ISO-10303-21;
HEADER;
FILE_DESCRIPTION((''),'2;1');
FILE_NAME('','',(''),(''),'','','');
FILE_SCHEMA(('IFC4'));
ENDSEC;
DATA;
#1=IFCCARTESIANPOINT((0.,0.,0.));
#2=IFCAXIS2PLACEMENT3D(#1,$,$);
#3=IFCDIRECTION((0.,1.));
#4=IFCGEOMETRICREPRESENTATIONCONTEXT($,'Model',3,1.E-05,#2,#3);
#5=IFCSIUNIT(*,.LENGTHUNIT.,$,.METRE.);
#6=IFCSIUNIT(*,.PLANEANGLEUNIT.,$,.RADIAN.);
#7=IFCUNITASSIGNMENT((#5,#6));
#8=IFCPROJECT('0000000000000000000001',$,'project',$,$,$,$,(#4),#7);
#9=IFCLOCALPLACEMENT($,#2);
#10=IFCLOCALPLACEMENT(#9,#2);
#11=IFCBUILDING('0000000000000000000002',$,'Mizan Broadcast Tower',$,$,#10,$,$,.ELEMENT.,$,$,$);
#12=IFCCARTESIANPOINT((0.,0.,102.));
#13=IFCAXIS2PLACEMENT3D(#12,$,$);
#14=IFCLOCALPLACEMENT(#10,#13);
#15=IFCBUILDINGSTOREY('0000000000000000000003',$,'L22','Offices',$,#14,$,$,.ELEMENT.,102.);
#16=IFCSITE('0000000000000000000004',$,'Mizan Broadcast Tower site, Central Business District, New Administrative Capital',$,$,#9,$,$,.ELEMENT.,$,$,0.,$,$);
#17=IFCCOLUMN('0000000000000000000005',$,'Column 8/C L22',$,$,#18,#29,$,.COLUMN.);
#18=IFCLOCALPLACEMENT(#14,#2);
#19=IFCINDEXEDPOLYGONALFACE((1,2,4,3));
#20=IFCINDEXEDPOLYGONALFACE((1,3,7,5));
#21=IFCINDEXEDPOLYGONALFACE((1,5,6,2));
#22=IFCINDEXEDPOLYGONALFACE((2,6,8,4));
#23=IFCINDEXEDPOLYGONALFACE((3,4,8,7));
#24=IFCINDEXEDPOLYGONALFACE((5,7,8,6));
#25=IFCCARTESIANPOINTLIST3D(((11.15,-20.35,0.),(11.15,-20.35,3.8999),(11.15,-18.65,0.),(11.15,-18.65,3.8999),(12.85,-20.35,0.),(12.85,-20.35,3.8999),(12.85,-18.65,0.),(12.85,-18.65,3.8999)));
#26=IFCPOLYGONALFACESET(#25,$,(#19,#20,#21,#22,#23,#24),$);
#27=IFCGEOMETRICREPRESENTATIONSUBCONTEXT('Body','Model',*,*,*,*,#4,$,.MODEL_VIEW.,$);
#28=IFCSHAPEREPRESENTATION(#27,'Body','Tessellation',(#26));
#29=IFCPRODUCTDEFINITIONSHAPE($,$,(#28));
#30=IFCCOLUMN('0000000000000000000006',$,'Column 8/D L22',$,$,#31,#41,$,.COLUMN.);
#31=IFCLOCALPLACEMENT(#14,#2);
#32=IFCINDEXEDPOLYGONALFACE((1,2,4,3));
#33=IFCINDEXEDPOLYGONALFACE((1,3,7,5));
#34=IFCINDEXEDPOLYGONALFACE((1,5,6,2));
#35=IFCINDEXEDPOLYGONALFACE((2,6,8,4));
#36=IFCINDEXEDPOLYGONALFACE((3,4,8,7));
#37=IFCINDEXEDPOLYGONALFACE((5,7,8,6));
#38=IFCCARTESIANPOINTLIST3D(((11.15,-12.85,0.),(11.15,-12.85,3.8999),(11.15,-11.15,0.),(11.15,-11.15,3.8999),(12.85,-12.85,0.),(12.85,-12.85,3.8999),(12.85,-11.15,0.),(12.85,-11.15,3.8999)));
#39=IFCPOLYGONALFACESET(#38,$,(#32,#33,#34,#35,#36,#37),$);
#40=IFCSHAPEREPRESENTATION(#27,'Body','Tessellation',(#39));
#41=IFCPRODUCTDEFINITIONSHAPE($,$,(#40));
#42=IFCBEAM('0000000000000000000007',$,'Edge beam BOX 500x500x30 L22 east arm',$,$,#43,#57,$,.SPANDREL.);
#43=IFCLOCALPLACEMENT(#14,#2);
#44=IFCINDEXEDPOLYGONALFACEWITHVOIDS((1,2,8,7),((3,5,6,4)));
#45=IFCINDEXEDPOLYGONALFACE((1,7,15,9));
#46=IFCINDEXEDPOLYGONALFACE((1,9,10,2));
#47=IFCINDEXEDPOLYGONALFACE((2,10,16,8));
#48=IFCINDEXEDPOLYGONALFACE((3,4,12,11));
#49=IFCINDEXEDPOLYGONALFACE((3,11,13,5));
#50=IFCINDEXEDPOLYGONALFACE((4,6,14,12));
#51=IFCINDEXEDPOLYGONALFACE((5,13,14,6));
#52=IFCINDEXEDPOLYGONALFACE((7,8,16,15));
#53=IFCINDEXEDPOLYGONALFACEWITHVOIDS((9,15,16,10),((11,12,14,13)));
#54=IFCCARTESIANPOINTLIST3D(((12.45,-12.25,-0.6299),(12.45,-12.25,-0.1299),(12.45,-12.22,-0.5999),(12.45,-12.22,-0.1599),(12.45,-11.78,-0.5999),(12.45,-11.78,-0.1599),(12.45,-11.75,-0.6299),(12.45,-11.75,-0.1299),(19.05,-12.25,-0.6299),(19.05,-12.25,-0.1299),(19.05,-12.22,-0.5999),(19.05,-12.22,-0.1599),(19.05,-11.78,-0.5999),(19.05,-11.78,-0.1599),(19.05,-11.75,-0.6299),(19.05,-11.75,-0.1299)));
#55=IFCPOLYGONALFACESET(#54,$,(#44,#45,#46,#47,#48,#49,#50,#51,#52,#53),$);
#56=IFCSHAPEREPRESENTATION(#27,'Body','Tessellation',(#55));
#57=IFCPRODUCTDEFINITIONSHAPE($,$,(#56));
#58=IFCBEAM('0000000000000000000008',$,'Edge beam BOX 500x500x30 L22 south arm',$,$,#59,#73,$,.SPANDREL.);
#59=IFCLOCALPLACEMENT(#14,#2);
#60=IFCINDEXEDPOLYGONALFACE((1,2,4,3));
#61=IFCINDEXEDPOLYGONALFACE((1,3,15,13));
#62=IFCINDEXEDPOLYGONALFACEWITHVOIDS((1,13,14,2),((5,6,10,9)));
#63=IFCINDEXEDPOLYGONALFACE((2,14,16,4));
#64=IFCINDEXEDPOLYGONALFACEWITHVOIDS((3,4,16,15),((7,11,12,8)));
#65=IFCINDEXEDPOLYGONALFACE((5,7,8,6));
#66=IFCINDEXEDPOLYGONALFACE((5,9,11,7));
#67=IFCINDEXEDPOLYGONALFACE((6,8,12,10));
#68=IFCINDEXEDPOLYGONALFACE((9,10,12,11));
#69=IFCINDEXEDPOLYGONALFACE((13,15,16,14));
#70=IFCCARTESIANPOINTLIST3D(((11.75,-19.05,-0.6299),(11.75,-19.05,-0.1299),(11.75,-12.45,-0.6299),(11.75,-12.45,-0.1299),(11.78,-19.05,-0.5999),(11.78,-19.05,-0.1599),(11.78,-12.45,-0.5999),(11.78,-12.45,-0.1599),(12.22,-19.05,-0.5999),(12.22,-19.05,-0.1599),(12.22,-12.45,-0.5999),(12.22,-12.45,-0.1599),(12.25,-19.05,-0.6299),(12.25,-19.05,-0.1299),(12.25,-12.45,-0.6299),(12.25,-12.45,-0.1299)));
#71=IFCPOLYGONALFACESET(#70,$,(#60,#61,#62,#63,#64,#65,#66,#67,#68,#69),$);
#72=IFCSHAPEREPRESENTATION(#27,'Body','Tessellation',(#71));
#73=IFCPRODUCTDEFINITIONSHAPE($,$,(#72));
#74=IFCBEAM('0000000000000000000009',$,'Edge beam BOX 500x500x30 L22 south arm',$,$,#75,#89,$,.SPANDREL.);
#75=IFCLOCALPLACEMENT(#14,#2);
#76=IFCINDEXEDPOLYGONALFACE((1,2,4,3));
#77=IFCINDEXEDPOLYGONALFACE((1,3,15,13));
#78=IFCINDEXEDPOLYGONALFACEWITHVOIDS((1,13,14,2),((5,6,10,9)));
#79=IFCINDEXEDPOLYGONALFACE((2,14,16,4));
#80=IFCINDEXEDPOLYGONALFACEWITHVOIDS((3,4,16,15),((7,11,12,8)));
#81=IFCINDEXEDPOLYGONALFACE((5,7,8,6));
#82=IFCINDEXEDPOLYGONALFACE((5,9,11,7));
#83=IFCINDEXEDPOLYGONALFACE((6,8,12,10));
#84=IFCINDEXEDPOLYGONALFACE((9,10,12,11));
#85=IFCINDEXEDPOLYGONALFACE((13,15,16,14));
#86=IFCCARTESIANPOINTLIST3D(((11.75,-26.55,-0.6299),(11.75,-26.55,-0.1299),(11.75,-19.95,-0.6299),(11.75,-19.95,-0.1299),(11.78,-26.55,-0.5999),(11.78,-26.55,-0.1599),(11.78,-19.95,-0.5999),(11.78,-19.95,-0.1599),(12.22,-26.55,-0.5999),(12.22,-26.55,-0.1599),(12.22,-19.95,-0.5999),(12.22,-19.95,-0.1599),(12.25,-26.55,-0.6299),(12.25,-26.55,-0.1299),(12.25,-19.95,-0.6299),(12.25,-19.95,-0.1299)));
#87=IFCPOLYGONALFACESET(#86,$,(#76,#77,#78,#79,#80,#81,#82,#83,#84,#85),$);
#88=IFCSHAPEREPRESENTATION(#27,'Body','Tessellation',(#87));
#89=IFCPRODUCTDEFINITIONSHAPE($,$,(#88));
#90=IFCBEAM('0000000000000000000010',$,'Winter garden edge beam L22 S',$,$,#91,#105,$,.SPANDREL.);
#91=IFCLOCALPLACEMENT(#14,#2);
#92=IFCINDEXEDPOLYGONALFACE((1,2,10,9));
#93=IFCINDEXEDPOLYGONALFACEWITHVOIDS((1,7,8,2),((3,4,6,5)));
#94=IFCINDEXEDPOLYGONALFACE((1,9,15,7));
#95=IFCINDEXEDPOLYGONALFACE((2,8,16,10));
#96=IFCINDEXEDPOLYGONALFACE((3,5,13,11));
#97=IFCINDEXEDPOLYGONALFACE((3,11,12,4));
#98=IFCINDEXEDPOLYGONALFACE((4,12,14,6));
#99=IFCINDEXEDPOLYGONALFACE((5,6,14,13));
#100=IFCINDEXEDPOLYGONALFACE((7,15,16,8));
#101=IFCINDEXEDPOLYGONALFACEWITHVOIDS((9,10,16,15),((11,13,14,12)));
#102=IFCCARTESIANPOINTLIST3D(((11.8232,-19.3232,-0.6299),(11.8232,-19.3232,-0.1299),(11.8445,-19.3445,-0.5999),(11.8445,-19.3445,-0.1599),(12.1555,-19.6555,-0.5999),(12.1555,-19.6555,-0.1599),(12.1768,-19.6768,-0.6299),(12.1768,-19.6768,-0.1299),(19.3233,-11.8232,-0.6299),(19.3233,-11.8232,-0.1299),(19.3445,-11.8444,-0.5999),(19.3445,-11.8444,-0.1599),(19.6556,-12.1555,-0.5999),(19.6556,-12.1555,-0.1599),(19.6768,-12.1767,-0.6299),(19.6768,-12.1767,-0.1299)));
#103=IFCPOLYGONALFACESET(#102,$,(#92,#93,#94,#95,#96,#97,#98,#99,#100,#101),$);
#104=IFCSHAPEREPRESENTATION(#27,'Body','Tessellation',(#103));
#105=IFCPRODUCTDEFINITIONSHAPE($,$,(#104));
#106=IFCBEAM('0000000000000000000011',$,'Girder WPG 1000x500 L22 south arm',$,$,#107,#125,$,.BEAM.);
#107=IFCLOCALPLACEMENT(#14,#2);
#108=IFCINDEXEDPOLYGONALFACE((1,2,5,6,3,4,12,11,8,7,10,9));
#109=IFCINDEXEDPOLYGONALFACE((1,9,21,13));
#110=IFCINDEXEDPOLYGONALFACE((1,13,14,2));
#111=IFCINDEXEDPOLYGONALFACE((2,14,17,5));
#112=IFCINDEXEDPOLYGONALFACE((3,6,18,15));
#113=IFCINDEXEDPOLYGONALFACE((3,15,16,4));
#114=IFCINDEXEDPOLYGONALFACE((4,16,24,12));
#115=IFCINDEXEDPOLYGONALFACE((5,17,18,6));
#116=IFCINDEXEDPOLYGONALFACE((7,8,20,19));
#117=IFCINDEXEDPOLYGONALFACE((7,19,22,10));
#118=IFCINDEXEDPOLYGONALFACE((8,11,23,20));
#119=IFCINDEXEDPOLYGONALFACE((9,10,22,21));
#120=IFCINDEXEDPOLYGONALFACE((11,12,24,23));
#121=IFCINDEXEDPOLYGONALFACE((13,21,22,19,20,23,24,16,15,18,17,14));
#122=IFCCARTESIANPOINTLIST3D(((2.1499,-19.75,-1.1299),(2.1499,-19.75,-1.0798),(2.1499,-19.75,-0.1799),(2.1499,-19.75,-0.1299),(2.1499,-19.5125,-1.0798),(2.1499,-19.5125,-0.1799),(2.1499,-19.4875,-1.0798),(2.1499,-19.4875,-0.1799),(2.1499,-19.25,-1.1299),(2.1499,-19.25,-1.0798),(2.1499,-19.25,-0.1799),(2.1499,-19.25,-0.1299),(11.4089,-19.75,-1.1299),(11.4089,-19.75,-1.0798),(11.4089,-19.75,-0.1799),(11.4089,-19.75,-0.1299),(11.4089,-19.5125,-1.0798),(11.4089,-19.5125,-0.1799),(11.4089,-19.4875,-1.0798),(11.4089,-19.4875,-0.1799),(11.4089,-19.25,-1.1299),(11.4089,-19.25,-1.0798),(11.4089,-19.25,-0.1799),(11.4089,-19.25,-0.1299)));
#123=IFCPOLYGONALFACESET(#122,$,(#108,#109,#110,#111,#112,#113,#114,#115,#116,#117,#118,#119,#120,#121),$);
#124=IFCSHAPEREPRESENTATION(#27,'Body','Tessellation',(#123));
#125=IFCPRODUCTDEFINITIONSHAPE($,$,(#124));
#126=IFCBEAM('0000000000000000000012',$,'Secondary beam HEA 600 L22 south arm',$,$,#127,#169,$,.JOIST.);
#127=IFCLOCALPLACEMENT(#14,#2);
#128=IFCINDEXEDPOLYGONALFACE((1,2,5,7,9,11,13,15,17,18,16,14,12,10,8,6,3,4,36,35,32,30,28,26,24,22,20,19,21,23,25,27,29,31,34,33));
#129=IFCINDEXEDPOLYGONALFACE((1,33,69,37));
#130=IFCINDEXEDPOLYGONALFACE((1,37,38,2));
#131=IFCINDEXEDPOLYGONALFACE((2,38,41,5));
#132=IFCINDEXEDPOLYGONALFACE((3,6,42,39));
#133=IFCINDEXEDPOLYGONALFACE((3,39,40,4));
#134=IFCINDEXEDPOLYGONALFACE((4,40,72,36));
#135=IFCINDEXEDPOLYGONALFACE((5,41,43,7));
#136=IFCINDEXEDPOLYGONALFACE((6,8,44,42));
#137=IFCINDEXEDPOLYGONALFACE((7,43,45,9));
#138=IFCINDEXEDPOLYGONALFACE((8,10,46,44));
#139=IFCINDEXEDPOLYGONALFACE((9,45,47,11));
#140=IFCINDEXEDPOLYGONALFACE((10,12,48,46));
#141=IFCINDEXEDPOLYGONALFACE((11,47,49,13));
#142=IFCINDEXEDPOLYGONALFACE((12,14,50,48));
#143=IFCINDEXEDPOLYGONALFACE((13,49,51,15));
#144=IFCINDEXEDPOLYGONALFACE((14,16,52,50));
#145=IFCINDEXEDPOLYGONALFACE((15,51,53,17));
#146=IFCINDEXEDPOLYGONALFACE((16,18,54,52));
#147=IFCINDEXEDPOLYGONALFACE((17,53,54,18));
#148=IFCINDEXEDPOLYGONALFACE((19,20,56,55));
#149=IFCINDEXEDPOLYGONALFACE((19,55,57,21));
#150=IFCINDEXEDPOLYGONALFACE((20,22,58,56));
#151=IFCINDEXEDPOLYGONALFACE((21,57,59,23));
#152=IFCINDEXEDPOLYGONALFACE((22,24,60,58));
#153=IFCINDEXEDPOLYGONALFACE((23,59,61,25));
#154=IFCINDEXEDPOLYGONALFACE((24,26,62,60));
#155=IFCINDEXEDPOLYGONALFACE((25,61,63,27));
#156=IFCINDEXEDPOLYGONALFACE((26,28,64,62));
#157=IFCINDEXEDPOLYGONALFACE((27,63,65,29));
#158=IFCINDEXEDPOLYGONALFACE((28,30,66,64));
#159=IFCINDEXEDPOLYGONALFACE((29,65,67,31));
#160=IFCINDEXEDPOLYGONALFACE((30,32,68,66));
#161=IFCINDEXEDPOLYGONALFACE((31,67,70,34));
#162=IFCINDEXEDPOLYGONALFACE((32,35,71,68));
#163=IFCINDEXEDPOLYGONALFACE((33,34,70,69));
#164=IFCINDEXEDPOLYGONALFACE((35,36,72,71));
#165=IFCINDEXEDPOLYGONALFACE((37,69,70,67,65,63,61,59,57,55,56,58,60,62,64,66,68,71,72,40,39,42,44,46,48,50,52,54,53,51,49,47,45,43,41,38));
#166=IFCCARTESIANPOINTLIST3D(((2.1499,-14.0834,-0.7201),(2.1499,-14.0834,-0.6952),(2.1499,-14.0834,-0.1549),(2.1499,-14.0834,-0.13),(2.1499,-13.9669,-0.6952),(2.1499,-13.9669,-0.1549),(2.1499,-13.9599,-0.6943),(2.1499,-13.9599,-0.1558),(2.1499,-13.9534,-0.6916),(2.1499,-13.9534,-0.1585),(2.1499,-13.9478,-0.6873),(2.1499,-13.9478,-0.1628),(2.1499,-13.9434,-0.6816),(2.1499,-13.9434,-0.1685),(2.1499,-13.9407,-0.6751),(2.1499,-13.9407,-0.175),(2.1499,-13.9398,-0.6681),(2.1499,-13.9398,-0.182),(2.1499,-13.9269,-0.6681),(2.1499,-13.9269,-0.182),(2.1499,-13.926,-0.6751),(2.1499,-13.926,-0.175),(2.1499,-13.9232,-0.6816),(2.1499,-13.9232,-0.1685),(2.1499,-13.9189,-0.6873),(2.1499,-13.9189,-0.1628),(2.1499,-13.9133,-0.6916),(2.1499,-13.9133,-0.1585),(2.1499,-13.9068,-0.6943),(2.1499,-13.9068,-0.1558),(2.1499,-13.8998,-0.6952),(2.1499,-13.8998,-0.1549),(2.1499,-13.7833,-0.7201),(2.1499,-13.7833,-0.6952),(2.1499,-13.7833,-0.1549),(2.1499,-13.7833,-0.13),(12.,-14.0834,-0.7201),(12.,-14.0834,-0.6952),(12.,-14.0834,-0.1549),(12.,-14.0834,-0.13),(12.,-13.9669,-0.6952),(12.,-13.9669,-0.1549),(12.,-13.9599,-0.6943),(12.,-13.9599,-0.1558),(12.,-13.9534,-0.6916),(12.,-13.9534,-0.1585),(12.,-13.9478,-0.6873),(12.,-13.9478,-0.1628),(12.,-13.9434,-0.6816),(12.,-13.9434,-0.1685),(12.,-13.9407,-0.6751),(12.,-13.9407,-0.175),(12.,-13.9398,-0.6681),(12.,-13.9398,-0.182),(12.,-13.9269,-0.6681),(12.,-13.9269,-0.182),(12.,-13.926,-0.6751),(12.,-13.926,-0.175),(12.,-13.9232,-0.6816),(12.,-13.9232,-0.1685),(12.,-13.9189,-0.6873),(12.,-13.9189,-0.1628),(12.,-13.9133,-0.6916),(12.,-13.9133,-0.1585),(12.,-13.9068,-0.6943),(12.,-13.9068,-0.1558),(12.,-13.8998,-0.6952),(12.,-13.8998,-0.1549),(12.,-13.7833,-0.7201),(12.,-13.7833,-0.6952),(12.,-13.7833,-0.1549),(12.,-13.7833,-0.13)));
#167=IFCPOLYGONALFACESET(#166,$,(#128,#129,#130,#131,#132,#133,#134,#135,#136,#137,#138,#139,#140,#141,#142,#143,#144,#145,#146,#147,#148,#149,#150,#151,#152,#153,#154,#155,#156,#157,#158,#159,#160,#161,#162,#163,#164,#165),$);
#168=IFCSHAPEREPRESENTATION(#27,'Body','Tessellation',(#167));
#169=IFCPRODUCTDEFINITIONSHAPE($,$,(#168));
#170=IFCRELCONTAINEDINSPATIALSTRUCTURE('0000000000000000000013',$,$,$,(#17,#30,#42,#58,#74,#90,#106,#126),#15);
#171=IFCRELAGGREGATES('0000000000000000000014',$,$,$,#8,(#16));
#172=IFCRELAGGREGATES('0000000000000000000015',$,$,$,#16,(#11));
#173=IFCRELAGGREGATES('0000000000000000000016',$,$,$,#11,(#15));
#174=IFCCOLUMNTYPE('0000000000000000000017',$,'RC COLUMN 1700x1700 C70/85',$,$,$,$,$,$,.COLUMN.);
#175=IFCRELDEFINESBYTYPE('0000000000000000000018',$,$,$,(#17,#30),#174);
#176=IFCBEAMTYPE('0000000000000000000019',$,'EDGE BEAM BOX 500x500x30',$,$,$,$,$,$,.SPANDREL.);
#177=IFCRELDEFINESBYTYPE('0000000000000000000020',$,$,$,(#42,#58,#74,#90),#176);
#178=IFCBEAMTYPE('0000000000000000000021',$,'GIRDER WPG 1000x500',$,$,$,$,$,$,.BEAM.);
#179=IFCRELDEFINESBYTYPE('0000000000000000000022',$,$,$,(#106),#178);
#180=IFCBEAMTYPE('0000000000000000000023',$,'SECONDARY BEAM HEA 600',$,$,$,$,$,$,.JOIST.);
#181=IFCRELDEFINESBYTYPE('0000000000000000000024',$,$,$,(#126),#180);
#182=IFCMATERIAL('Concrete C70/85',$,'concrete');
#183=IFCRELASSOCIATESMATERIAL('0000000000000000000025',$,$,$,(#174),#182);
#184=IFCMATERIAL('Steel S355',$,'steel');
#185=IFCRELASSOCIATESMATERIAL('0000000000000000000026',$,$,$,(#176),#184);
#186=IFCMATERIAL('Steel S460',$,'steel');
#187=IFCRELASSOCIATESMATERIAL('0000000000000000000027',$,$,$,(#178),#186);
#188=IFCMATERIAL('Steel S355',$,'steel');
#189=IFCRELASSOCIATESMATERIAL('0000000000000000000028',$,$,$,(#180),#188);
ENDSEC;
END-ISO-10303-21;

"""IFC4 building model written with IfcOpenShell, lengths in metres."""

from ifc_helpers import new_model, si_unit, direction, frame, origin, origin_2d, place, context, subcontext, project, spatial, rectangle, hollow_rectangle, i_section, extrude, material, material_profile, profile_set, type_object, element, save


model = new_model("IFC4")

# Units and contexts
model_context = context("Model", 3, precision=1e-05, world=origin(), true_north=direction((0.0, 1.0)))
body_context = subcontext(model_context, "Body", "Model", "MODEL_VIEW")
ifc_project = project(units=[si_unit("LENGTHUNIT", "METRE"), si_unit("PLANEANGLEUNIT", "RADIAN")], contexts=[model_context])

# Site, building, storey
site_placement = place(None, origin())
site = spatial("IfcSite", under=ifc_project, at=site_placement, Name="Mizan Broadcast Tower site, Central Business District, New Administrative Capital", CompositionType="ELEMENT", RefElevation=0.0)
building_placement = place(site_placement, origin())
building = spatial("IfcBuilding", under=site, at=building_placement, Name="Mizan Broadcast Tower", CompositionType="ELEMENT")
storey_placement = place(building_placement, frame((0.0, 0.0, 102.0)))
storey = spatial("IfcBuildingStorey", under=building, at=storey_placement, Name="L22", Description="Offices", CompositionType="ELEMENT", Elevation=102.0)

# Columns
ifc_material_1 = material(Name="Concrete C70/85", Category="concrete")
ifc_material_profile_1 = material_profile(ifc_material_1, rectangle(XDim=1.7, YDim=1.7, at=origin_2d()), Name="RC 1700x1700")
ifc_profile_set_1 = profile_set([ifc_material_profile_1], Name="Concrete C70/85")
column_type = type_object("IfcColumnType", Name="RC COLUMN 1700x1700 C70/85", PredefinedType="COLUMN", material=ifc_profile_set_1)
for number, where, z_axis, x_axis, name in (
    (1, (12.0, -19.5, 0.0), (0.0, 0.0, 1.0), (1.0, 0.0, 0.0), "Column 8/C L22"),
    (2, (12.0, -12.0, 0.0), (0.0, 0.0, 1.0), (1.0, 0.0, 0.0), "Column 8/D L22"),
):
    element("IfcColumn", number, at=place(storey_placement, frame(where, z_axis=z_axis, x_axis=x_axis)), inside=storey, type_object=column_type, Name=name, PredefinedType="COLUMN", context=body_context, shape_type="SweptSolid", body=[
        extrude(rectangle(XDim=1.7, YDim=1.7, at=origin_2d()), origin(), (0.0, 0.0, 1.0), 3.8999),
    ])

# Beams
ifc_material_2 = material(Name="Steel S355", Category="steel")
ifc_material_profile_2 = material_profile(ifc_material_2, hollow_rectangle(XDim=0.5, YDim=0.5, WallThickness=0.03, at=origin_2d()), Name="BOX 500x500x30")
ifc_profile_set_2 = profile_set([ifc_material_profile_2], Name="Steel S355")
beam_type_1 = type_object("IfcBeamType", Name="EDGE BEAM BOX 500x500x30", PredefinedType="SPANDREL", material=ifc_profile_set_2)
for number, where, z_axis, x_axis, name in (
    (3, (12.45, -12.0, -0.3799), (1.0, 0.0, 0.0), (0.0, 1.0, 0.0), "Edge beam BOX 500x500x30 L22 east arm"),
    (4, (12.0, -12.45, -0.3799), (0.0, -1.0, 0.0), (1.0, 0.0, 0.0), "Edge beam BOX 500x500x30 L22 south arm"),
    (5, (12.0, -19.95, -0.3799), (0.0, -1.0, 0.0), (1.0, 0.0, 0.0), "Edge beam BOX 500x500x30 L22 south arm"),
):
    element("IfcBeam", number, at=place(storey_placement, frame(where, z_axis=z_axis, x_axis=x_axis)), inside=storey, type_object=beam_type_1, Name=name, PredefinedType="SPANDREL", context=body_context, shape_type="SweptSolid", body=[
        extrude(hollow_rectangle(XDim=0.5, YDim=0.5, WallThickness=0.03, at=origin_2d()), origin(), (0.0, 0.0, 1.0), 6.6001),
    ])
beam_1_placement = place(storey_placement, frame((12.0, -19.5, -0.3799), z_axis=(0.707107, 0.707107, 0.0), x_axis=(-0.707107, 0.707107, 0.0)))
element("IfcBeam", 6, at=beam_1_placement, inside=storey, type_object=beam_type_1, Name="Winter garden edge beam L22 S", PredefinedType="SPANDREL", context=body_context, shape_type="SweptSolid", body=[
    extrude(hollow_rectangle(XDim=0.5, YDim=0.5, WallThickness=0.03, at=origin_2d()), origin(), (0.0, 0.0, 1.0), 10.6067),
])
ifc_material_3 = material(Name="Steel S460", Category="steel")
ifc_material_profile_3 = material_profile(ifc_material_3, i_section(OverallWidth=0.5, OverallDepth=1.0, WebThickness=0.0249, FlangeThickness=0.05, at=origin_2d()), Name="WPG 1000x500")
ifc_profile_set_3 = profile_set([ifc_material_profile_3], Name="Steel S460")
beam_type_2 = type_object("IfcBeamType", Name="GIRDER WPG 1000x500", PredefinedType="BEAM", material=ifc_profile_set_3)
beam_2_placement = place(storey_placement, frame((11.4089, -19.5, -0.6299), z_axis=(-1.0, 0.0, 0.0), x_axis=(0.0, -1.0, 0.0)))
element("IfcBeam", 7, at=beam_2_placement, inside=storey, type_object=beam_type_2, Name="Girder WPG 1000x500 L22 south arm", PredefinedType="BEAM", context=body_context, shape_type="SweptSolid", body=[
    extrude(i_section(OverallWidth=0.5, OverallDepth=1.0, WebThickness=0.0249, FlangeThickness=0.05, at=origin_2d()), origin(), (0.0, 0.0, 1.0), 9.259),
])
ifc_material_4 = material(Name="Steel S355", Category="steel")
ifc_material_profile_4 = material_profile(ifc_material_4, i_section(OverallWidth=0.3, OverallDepth=0.5901, WebThickness=0.0129, FlangeThickness=0.0249, FilletRadius=0.0271, at=origin_2d()), Name="HEA 600")
ifc_profile_set_4 = profile_set([ifc_material_profile_4], Name="Steel S355")
beam_type_3 = type_object("IfcBeamType", Name="SECONDARY BEAM HEA 600", PredefinedType="JOIST", material=ifc_profile_set_4)
for number, where, z_axis, x_axis, name in (
    (8, (12.0, -13.9333, -0.425), (-1.0, 0.0, 0.0), (0.0, -1.0, 0.0), "Secondary beam HEA 600 L22 south arm"),
):
    element("IfcBeam", number, at=place(storey_placement, frame(where, z_axis=z_axis, x_axis=x_axis)), inside=storey, type_object=beam_type_3, Name=name, PredefinedType="JOIST", context=body_context, shape_type="SweptSolid", body=[
        extrude(i_section(OverallWidth=0.3, OverallDepth=0.5901, WebThickness=0.0129, FlangeThickness=0.0249, FilletRadius=0.0271, at=origin_2d()), origin(), (0.0, 0.0, 1.0), 9.8501),
    ])

save(model, "model.ifc")
